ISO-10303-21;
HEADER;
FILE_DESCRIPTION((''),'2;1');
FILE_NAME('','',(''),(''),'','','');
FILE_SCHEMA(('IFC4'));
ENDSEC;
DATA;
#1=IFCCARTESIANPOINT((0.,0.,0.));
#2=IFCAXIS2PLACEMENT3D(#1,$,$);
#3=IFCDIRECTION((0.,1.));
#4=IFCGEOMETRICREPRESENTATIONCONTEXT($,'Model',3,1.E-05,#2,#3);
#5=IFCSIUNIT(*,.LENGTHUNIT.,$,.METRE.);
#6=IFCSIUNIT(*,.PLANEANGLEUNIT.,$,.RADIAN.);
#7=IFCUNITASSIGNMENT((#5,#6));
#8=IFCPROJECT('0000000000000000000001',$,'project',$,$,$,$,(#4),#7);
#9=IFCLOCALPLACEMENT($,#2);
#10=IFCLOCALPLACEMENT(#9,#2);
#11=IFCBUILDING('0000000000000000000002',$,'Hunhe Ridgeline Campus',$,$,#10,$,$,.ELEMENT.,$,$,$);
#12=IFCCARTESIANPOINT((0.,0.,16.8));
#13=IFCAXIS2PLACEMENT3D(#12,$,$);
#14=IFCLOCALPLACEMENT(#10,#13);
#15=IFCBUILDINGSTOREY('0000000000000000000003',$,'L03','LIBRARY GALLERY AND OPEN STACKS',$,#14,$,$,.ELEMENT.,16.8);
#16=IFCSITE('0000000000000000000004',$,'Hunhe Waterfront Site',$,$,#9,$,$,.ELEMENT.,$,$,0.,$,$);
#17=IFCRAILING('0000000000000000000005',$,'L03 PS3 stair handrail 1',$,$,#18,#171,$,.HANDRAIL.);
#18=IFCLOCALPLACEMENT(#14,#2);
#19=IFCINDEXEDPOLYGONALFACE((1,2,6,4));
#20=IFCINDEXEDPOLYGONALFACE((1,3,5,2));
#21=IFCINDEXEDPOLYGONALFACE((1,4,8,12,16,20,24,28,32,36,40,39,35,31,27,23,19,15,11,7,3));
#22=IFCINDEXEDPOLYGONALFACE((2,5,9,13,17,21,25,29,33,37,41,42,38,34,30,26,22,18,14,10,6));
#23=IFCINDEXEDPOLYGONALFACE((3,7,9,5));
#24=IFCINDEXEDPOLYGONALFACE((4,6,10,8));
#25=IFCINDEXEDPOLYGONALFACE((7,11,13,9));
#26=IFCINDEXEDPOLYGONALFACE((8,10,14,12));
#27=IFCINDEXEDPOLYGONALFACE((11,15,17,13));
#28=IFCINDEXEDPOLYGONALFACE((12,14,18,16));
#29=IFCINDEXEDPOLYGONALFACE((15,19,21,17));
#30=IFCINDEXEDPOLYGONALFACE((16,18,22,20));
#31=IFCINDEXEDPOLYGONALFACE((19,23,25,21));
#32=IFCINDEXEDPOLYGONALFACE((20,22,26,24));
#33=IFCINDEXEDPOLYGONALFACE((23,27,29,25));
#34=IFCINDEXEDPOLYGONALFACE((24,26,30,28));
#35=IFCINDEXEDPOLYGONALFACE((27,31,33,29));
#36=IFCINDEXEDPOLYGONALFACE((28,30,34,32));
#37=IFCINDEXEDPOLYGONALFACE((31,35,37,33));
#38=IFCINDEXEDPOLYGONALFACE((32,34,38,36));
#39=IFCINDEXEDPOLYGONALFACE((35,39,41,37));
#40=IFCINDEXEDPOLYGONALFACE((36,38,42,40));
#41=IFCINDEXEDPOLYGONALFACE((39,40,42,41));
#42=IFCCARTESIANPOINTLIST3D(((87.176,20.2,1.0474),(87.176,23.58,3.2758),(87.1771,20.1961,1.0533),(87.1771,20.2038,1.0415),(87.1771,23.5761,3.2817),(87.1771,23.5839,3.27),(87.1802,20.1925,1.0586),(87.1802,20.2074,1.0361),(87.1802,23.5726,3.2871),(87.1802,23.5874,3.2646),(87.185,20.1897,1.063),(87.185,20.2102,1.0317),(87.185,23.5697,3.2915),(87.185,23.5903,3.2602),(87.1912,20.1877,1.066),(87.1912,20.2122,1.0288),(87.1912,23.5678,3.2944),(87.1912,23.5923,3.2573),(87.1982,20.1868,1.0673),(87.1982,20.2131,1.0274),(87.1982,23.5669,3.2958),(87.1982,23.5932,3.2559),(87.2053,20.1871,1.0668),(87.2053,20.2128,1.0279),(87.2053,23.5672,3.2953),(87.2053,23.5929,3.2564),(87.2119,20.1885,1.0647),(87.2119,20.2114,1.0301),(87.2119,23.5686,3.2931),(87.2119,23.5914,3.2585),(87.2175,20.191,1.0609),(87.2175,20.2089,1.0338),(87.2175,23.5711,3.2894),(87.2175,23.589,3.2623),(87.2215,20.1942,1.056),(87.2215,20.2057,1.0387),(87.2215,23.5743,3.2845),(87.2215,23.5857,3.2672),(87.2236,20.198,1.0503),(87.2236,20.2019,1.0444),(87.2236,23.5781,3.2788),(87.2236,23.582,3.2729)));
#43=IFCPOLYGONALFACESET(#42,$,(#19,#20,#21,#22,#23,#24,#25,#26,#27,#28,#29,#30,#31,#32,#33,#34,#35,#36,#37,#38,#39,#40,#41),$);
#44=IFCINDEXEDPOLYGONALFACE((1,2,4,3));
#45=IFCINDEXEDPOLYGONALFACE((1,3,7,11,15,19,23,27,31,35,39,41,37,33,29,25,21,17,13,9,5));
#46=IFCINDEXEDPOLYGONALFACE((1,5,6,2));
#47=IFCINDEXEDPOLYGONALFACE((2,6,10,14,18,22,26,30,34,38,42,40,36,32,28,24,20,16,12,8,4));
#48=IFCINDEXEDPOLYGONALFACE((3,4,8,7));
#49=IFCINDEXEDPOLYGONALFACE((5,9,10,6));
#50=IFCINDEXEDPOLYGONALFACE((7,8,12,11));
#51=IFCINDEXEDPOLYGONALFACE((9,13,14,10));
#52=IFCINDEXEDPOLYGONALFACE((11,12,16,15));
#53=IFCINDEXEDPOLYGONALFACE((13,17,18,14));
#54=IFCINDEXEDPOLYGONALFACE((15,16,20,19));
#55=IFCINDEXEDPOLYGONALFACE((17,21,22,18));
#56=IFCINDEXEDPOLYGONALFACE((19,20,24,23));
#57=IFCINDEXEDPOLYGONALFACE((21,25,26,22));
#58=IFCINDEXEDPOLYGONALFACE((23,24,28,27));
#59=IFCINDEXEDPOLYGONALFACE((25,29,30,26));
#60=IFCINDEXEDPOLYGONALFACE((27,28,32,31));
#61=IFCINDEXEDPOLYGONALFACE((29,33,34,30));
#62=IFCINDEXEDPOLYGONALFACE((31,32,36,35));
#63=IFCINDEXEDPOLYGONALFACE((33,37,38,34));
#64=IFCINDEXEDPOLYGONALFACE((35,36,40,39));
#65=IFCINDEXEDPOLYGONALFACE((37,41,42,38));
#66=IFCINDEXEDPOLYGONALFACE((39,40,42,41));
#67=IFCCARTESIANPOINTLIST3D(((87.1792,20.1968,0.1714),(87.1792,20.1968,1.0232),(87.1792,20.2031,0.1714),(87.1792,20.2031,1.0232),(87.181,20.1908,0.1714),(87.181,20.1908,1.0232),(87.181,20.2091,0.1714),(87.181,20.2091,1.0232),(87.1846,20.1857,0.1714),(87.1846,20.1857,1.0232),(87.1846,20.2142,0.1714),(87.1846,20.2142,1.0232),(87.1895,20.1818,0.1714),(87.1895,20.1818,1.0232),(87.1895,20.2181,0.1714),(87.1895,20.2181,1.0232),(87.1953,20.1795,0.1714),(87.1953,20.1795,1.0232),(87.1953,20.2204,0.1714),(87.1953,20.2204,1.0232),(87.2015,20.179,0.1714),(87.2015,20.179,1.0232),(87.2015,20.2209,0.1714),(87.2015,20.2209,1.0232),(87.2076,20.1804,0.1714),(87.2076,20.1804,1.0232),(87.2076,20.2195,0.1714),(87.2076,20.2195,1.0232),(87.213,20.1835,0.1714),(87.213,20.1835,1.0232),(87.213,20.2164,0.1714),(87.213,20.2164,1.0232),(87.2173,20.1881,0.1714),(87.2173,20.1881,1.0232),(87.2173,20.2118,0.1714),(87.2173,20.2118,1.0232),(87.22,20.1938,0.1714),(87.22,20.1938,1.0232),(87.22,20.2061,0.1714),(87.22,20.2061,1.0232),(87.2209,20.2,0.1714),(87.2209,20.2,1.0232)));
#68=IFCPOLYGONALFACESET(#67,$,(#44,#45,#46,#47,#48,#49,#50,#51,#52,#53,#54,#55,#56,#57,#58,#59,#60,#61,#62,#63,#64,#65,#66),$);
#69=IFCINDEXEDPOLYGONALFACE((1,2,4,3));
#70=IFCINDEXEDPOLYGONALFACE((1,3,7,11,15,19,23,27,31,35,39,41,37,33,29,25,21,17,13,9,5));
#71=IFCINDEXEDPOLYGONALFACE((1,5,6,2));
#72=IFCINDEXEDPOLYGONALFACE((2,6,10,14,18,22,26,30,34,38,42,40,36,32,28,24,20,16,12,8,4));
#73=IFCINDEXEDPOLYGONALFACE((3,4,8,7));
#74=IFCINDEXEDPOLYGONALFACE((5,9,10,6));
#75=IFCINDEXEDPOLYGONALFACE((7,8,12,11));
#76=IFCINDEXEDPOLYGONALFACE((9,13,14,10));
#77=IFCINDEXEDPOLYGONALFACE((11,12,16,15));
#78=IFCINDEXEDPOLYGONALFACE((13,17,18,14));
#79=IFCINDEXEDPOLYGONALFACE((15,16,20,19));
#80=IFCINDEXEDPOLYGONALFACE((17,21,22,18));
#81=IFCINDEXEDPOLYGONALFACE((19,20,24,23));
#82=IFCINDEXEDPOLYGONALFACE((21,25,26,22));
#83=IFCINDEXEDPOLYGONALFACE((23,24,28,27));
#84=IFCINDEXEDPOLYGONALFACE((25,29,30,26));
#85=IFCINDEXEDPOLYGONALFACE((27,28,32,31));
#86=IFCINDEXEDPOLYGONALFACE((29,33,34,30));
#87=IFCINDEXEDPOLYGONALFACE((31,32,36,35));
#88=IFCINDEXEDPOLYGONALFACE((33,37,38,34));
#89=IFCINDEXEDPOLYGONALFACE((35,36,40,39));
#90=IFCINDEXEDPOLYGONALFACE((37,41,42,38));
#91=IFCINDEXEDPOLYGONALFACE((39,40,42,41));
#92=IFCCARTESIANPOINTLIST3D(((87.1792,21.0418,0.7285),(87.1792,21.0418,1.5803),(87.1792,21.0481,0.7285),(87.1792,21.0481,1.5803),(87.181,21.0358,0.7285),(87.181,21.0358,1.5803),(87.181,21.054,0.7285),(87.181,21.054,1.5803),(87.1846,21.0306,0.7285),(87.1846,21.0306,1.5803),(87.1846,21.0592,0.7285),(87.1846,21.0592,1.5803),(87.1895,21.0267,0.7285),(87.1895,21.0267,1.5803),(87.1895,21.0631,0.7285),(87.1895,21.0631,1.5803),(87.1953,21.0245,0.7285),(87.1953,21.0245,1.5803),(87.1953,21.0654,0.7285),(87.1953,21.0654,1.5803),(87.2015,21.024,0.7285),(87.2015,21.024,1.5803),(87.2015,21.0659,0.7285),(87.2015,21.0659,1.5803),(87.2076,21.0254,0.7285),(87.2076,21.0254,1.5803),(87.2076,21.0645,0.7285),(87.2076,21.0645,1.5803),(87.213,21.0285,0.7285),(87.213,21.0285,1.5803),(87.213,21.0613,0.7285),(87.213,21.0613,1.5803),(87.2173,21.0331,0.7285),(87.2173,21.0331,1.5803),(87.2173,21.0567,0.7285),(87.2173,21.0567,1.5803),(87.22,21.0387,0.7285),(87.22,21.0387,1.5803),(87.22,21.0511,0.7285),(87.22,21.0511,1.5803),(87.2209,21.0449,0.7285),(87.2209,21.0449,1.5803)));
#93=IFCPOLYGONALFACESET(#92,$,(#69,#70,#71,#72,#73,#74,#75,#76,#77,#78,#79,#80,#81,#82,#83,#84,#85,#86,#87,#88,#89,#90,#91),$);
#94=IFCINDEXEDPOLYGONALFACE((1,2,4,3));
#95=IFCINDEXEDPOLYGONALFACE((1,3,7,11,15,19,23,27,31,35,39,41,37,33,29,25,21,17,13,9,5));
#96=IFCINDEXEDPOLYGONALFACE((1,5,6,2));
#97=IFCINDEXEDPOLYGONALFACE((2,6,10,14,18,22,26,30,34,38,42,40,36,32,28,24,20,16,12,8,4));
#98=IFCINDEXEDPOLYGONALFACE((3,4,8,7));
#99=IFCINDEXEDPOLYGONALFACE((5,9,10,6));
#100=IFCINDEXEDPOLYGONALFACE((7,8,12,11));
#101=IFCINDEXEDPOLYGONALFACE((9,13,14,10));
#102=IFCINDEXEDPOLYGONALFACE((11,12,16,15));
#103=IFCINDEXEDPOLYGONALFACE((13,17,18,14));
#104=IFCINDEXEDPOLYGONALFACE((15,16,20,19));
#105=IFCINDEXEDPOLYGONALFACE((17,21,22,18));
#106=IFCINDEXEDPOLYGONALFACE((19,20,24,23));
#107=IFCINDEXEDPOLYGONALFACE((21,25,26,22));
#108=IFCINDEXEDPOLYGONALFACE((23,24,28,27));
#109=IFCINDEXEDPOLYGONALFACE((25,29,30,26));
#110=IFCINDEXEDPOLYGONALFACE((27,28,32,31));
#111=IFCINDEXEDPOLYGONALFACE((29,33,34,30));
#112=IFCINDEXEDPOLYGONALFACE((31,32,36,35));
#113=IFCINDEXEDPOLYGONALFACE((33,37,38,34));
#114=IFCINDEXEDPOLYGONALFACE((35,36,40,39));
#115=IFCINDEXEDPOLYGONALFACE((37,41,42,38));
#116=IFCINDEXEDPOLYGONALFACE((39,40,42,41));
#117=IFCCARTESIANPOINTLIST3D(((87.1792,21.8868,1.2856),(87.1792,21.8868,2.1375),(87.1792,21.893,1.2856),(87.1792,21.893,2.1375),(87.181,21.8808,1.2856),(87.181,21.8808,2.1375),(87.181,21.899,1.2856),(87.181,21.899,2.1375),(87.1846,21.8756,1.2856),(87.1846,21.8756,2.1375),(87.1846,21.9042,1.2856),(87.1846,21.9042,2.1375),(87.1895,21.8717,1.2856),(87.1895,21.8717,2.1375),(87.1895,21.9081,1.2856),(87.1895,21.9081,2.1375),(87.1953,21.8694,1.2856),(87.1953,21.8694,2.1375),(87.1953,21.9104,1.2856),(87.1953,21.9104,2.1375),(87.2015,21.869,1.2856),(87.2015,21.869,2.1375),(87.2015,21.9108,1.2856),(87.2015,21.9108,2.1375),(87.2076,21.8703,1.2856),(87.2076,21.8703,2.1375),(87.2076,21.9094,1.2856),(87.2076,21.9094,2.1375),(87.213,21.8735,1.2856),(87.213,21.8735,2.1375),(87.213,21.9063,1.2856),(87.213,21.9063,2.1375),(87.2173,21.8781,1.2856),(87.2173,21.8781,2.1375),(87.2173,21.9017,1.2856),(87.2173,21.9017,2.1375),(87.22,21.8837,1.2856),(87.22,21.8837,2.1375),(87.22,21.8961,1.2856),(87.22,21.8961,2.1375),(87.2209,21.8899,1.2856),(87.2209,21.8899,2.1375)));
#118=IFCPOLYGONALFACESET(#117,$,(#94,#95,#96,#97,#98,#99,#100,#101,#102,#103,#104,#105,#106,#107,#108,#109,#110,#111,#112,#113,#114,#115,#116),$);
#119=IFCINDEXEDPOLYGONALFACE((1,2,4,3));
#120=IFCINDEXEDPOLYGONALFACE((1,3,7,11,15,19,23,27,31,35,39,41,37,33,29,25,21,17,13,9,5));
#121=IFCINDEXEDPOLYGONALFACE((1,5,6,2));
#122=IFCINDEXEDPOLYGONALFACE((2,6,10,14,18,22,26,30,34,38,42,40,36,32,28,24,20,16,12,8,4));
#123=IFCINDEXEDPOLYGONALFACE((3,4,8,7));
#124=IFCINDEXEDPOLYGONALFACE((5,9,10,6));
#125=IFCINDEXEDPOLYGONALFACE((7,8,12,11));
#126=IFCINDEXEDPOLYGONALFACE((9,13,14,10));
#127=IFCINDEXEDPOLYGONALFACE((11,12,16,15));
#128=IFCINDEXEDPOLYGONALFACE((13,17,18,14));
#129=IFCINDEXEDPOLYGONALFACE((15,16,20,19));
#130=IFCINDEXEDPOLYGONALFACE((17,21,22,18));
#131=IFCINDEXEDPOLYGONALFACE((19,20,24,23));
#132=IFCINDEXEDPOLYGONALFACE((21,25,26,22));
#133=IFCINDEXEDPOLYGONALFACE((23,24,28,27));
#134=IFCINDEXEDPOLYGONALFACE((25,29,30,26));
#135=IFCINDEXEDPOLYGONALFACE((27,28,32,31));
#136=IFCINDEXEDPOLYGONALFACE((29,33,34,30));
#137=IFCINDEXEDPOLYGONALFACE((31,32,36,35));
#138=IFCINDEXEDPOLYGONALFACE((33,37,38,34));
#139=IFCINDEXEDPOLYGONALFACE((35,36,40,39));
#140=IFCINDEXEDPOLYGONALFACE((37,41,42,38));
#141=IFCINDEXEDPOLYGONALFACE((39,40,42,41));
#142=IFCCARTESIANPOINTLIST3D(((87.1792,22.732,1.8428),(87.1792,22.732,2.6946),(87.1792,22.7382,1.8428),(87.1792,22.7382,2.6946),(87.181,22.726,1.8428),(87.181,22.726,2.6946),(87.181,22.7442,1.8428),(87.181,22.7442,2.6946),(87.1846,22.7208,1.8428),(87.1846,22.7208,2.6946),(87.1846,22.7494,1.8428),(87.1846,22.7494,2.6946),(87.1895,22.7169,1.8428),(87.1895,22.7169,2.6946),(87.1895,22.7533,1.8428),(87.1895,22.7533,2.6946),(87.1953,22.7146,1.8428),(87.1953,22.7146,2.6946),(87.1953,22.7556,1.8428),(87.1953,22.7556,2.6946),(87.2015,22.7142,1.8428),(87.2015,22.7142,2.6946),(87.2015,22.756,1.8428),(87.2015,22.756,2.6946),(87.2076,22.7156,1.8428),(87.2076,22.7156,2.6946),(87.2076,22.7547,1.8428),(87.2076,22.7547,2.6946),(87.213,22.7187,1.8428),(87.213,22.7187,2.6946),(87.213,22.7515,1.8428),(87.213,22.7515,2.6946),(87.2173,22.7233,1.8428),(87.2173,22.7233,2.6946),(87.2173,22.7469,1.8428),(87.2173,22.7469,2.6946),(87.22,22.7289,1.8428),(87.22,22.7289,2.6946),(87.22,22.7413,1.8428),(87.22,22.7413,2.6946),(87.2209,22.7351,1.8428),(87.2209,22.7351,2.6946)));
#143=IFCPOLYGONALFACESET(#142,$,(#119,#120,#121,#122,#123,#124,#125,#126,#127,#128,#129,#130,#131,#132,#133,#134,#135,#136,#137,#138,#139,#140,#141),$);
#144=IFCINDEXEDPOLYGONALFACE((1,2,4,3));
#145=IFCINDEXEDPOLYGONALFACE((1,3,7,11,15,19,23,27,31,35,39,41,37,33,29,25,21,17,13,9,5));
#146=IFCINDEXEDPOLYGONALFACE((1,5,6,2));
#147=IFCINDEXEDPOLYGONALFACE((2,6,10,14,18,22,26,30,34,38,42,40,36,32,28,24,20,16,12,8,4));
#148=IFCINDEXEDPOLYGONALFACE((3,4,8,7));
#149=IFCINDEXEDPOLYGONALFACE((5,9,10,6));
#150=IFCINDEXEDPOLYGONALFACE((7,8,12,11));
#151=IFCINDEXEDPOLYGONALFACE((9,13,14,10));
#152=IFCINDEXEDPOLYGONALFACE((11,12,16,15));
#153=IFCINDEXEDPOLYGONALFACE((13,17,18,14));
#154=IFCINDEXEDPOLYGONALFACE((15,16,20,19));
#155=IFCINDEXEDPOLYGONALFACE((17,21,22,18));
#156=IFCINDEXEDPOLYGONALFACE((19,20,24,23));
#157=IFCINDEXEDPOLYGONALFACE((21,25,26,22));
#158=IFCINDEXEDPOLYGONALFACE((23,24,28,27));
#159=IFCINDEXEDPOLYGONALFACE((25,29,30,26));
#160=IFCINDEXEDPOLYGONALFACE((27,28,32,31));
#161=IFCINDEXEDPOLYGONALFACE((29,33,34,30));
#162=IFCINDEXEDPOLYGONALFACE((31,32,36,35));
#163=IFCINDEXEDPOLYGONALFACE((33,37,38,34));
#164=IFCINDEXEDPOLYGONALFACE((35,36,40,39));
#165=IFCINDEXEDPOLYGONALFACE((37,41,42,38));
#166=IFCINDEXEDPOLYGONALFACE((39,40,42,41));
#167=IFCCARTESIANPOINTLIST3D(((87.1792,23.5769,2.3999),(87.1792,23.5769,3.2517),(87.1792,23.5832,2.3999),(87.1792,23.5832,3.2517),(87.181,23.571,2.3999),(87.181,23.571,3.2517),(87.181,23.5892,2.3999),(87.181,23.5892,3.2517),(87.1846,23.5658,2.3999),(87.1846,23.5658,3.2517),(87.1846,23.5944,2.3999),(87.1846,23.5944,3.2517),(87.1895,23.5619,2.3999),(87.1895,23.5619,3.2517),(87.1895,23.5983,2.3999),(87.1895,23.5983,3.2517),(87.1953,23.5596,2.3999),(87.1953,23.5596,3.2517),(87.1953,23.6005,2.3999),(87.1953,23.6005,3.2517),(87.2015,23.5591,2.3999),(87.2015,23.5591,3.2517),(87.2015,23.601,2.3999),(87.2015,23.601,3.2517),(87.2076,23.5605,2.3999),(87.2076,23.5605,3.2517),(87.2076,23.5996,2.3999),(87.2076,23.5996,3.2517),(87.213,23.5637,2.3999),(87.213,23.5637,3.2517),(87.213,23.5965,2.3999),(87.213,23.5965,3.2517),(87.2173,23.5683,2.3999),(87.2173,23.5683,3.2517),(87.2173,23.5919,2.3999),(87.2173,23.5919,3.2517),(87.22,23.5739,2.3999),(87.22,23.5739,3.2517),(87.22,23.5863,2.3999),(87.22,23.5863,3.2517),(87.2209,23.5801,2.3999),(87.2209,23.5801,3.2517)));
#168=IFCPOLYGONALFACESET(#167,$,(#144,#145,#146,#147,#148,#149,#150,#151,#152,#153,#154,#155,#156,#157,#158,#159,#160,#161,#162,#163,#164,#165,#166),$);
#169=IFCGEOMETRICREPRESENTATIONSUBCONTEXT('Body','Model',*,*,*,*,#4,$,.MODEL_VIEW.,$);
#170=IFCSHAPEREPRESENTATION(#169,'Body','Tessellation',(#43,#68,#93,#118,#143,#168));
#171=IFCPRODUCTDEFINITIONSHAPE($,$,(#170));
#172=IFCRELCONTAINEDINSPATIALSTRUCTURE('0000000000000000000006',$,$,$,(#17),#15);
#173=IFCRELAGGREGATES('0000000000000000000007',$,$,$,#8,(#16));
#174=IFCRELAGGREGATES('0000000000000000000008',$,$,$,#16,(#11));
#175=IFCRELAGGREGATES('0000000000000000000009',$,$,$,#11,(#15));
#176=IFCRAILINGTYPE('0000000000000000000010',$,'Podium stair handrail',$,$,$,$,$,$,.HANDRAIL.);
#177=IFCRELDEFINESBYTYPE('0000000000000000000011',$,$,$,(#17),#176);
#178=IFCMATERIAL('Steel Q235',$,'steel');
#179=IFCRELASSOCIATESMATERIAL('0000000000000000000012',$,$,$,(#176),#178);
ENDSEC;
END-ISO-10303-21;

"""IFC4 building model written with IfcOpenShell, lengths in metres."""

from ifc_helpers import new_model, si_unit, direction, frame, origin, origin_2d, place, context, subcontext, project, spatial, circle, extrude, material, type_object, element, save


model = new_model("IFC4")

# Units and contexts
model_context = context("Model", 3, precision=1e-05, world=origin(), true_north=direction((0.0, 1.0)))
body_context = subcontext(model_context, "Body", "Model", "MODEL_VIEW")
ifc_project = project(units=[si_unit("LENGTHUNIT", "METRE"), si_unit("PLANEANGLEUNIT", "RADIAN")], contexts=[model_context])

# Site, building, storey
site_placement = place(None, origin())
site = spatial("IfcSite", under=ifc_project, at=site_placement, Name="Hunhe Waterfront Site", CompositionType="ELEMENT", RefElevation=0.0)
building_placement = place(site_placement, origin())
building = spatial("IfcBuilding", under=site, at=building_placement, Name="Hunhe Ridgeline Campus", CompositionType="ELEMENT")
storey_placement = place(building_placement, frame((0.0, 0.0, 16.8)))
storey = spatial("IfcBuildingStorey", under=building, at=storey_placement, Name="L03", Description="LIBRARY GALLERY AND OPEN STACKS", CompositionType="ELEMENT", Elevation=16.8)

# Railing
ifc_material_1 = material(Name="Steel Q235", Category="steel")
railing_type_1 = type_object("IfcRailingType", Name="Podium stair handrail", PredefinedType="HANDRAIL", material=ifc_material_1)
railing_1_placement = place(storey_placement, frame((87.2, 20.2, 0.1714)))
element("IfcRailing", 1, at=railing_1_placement, inside=storey, type_object=railing_type_1, Name="L03 PS3 stair handrail 1", PredefinedType="HANDRAIL", context=body_context, shape_type="SweptSolid", body=[
    extrude(circle(Radius=0.0239, at=origin_2d()), frame((0.0, 0.0, 0.876), z_axis=(0.0, 0.834878, 0.550435), x_axis=(-1.0, 0.0, 0.0)), (0.0, 0.0, 1.0), 4.0486),
    extrude(circle(Radius=0.021, at=origin_2d()), origin(), (0.0, 0.0, 1.0), 0.8518),
    extrude(circle(Radius=0.021, at=origin_2d()), frame((0.0, 0.845, 0.5571)), (0.0, 0.0, 1.0), 0.8518),
    extrude(circle(Radius=0.021, at=origin_2d()), frame((0.0, 1.6899, 1.1143)), (0.0, 0.0, 1.0), 0.8518),
    extrude(circle(Radius=0.021, at=origin_2d()), frame((0.0, 2.5352, 1.6714)), (0.0, 0.0, 1.0), 0.8518),
    extrude(circle(Radius=0.021, at=origin_2d()), frame((0.0, 3.3801, 2.2285)), (0.0, 0.0, 1.0), 0.8518),
])

save(model, "model.ifc")
